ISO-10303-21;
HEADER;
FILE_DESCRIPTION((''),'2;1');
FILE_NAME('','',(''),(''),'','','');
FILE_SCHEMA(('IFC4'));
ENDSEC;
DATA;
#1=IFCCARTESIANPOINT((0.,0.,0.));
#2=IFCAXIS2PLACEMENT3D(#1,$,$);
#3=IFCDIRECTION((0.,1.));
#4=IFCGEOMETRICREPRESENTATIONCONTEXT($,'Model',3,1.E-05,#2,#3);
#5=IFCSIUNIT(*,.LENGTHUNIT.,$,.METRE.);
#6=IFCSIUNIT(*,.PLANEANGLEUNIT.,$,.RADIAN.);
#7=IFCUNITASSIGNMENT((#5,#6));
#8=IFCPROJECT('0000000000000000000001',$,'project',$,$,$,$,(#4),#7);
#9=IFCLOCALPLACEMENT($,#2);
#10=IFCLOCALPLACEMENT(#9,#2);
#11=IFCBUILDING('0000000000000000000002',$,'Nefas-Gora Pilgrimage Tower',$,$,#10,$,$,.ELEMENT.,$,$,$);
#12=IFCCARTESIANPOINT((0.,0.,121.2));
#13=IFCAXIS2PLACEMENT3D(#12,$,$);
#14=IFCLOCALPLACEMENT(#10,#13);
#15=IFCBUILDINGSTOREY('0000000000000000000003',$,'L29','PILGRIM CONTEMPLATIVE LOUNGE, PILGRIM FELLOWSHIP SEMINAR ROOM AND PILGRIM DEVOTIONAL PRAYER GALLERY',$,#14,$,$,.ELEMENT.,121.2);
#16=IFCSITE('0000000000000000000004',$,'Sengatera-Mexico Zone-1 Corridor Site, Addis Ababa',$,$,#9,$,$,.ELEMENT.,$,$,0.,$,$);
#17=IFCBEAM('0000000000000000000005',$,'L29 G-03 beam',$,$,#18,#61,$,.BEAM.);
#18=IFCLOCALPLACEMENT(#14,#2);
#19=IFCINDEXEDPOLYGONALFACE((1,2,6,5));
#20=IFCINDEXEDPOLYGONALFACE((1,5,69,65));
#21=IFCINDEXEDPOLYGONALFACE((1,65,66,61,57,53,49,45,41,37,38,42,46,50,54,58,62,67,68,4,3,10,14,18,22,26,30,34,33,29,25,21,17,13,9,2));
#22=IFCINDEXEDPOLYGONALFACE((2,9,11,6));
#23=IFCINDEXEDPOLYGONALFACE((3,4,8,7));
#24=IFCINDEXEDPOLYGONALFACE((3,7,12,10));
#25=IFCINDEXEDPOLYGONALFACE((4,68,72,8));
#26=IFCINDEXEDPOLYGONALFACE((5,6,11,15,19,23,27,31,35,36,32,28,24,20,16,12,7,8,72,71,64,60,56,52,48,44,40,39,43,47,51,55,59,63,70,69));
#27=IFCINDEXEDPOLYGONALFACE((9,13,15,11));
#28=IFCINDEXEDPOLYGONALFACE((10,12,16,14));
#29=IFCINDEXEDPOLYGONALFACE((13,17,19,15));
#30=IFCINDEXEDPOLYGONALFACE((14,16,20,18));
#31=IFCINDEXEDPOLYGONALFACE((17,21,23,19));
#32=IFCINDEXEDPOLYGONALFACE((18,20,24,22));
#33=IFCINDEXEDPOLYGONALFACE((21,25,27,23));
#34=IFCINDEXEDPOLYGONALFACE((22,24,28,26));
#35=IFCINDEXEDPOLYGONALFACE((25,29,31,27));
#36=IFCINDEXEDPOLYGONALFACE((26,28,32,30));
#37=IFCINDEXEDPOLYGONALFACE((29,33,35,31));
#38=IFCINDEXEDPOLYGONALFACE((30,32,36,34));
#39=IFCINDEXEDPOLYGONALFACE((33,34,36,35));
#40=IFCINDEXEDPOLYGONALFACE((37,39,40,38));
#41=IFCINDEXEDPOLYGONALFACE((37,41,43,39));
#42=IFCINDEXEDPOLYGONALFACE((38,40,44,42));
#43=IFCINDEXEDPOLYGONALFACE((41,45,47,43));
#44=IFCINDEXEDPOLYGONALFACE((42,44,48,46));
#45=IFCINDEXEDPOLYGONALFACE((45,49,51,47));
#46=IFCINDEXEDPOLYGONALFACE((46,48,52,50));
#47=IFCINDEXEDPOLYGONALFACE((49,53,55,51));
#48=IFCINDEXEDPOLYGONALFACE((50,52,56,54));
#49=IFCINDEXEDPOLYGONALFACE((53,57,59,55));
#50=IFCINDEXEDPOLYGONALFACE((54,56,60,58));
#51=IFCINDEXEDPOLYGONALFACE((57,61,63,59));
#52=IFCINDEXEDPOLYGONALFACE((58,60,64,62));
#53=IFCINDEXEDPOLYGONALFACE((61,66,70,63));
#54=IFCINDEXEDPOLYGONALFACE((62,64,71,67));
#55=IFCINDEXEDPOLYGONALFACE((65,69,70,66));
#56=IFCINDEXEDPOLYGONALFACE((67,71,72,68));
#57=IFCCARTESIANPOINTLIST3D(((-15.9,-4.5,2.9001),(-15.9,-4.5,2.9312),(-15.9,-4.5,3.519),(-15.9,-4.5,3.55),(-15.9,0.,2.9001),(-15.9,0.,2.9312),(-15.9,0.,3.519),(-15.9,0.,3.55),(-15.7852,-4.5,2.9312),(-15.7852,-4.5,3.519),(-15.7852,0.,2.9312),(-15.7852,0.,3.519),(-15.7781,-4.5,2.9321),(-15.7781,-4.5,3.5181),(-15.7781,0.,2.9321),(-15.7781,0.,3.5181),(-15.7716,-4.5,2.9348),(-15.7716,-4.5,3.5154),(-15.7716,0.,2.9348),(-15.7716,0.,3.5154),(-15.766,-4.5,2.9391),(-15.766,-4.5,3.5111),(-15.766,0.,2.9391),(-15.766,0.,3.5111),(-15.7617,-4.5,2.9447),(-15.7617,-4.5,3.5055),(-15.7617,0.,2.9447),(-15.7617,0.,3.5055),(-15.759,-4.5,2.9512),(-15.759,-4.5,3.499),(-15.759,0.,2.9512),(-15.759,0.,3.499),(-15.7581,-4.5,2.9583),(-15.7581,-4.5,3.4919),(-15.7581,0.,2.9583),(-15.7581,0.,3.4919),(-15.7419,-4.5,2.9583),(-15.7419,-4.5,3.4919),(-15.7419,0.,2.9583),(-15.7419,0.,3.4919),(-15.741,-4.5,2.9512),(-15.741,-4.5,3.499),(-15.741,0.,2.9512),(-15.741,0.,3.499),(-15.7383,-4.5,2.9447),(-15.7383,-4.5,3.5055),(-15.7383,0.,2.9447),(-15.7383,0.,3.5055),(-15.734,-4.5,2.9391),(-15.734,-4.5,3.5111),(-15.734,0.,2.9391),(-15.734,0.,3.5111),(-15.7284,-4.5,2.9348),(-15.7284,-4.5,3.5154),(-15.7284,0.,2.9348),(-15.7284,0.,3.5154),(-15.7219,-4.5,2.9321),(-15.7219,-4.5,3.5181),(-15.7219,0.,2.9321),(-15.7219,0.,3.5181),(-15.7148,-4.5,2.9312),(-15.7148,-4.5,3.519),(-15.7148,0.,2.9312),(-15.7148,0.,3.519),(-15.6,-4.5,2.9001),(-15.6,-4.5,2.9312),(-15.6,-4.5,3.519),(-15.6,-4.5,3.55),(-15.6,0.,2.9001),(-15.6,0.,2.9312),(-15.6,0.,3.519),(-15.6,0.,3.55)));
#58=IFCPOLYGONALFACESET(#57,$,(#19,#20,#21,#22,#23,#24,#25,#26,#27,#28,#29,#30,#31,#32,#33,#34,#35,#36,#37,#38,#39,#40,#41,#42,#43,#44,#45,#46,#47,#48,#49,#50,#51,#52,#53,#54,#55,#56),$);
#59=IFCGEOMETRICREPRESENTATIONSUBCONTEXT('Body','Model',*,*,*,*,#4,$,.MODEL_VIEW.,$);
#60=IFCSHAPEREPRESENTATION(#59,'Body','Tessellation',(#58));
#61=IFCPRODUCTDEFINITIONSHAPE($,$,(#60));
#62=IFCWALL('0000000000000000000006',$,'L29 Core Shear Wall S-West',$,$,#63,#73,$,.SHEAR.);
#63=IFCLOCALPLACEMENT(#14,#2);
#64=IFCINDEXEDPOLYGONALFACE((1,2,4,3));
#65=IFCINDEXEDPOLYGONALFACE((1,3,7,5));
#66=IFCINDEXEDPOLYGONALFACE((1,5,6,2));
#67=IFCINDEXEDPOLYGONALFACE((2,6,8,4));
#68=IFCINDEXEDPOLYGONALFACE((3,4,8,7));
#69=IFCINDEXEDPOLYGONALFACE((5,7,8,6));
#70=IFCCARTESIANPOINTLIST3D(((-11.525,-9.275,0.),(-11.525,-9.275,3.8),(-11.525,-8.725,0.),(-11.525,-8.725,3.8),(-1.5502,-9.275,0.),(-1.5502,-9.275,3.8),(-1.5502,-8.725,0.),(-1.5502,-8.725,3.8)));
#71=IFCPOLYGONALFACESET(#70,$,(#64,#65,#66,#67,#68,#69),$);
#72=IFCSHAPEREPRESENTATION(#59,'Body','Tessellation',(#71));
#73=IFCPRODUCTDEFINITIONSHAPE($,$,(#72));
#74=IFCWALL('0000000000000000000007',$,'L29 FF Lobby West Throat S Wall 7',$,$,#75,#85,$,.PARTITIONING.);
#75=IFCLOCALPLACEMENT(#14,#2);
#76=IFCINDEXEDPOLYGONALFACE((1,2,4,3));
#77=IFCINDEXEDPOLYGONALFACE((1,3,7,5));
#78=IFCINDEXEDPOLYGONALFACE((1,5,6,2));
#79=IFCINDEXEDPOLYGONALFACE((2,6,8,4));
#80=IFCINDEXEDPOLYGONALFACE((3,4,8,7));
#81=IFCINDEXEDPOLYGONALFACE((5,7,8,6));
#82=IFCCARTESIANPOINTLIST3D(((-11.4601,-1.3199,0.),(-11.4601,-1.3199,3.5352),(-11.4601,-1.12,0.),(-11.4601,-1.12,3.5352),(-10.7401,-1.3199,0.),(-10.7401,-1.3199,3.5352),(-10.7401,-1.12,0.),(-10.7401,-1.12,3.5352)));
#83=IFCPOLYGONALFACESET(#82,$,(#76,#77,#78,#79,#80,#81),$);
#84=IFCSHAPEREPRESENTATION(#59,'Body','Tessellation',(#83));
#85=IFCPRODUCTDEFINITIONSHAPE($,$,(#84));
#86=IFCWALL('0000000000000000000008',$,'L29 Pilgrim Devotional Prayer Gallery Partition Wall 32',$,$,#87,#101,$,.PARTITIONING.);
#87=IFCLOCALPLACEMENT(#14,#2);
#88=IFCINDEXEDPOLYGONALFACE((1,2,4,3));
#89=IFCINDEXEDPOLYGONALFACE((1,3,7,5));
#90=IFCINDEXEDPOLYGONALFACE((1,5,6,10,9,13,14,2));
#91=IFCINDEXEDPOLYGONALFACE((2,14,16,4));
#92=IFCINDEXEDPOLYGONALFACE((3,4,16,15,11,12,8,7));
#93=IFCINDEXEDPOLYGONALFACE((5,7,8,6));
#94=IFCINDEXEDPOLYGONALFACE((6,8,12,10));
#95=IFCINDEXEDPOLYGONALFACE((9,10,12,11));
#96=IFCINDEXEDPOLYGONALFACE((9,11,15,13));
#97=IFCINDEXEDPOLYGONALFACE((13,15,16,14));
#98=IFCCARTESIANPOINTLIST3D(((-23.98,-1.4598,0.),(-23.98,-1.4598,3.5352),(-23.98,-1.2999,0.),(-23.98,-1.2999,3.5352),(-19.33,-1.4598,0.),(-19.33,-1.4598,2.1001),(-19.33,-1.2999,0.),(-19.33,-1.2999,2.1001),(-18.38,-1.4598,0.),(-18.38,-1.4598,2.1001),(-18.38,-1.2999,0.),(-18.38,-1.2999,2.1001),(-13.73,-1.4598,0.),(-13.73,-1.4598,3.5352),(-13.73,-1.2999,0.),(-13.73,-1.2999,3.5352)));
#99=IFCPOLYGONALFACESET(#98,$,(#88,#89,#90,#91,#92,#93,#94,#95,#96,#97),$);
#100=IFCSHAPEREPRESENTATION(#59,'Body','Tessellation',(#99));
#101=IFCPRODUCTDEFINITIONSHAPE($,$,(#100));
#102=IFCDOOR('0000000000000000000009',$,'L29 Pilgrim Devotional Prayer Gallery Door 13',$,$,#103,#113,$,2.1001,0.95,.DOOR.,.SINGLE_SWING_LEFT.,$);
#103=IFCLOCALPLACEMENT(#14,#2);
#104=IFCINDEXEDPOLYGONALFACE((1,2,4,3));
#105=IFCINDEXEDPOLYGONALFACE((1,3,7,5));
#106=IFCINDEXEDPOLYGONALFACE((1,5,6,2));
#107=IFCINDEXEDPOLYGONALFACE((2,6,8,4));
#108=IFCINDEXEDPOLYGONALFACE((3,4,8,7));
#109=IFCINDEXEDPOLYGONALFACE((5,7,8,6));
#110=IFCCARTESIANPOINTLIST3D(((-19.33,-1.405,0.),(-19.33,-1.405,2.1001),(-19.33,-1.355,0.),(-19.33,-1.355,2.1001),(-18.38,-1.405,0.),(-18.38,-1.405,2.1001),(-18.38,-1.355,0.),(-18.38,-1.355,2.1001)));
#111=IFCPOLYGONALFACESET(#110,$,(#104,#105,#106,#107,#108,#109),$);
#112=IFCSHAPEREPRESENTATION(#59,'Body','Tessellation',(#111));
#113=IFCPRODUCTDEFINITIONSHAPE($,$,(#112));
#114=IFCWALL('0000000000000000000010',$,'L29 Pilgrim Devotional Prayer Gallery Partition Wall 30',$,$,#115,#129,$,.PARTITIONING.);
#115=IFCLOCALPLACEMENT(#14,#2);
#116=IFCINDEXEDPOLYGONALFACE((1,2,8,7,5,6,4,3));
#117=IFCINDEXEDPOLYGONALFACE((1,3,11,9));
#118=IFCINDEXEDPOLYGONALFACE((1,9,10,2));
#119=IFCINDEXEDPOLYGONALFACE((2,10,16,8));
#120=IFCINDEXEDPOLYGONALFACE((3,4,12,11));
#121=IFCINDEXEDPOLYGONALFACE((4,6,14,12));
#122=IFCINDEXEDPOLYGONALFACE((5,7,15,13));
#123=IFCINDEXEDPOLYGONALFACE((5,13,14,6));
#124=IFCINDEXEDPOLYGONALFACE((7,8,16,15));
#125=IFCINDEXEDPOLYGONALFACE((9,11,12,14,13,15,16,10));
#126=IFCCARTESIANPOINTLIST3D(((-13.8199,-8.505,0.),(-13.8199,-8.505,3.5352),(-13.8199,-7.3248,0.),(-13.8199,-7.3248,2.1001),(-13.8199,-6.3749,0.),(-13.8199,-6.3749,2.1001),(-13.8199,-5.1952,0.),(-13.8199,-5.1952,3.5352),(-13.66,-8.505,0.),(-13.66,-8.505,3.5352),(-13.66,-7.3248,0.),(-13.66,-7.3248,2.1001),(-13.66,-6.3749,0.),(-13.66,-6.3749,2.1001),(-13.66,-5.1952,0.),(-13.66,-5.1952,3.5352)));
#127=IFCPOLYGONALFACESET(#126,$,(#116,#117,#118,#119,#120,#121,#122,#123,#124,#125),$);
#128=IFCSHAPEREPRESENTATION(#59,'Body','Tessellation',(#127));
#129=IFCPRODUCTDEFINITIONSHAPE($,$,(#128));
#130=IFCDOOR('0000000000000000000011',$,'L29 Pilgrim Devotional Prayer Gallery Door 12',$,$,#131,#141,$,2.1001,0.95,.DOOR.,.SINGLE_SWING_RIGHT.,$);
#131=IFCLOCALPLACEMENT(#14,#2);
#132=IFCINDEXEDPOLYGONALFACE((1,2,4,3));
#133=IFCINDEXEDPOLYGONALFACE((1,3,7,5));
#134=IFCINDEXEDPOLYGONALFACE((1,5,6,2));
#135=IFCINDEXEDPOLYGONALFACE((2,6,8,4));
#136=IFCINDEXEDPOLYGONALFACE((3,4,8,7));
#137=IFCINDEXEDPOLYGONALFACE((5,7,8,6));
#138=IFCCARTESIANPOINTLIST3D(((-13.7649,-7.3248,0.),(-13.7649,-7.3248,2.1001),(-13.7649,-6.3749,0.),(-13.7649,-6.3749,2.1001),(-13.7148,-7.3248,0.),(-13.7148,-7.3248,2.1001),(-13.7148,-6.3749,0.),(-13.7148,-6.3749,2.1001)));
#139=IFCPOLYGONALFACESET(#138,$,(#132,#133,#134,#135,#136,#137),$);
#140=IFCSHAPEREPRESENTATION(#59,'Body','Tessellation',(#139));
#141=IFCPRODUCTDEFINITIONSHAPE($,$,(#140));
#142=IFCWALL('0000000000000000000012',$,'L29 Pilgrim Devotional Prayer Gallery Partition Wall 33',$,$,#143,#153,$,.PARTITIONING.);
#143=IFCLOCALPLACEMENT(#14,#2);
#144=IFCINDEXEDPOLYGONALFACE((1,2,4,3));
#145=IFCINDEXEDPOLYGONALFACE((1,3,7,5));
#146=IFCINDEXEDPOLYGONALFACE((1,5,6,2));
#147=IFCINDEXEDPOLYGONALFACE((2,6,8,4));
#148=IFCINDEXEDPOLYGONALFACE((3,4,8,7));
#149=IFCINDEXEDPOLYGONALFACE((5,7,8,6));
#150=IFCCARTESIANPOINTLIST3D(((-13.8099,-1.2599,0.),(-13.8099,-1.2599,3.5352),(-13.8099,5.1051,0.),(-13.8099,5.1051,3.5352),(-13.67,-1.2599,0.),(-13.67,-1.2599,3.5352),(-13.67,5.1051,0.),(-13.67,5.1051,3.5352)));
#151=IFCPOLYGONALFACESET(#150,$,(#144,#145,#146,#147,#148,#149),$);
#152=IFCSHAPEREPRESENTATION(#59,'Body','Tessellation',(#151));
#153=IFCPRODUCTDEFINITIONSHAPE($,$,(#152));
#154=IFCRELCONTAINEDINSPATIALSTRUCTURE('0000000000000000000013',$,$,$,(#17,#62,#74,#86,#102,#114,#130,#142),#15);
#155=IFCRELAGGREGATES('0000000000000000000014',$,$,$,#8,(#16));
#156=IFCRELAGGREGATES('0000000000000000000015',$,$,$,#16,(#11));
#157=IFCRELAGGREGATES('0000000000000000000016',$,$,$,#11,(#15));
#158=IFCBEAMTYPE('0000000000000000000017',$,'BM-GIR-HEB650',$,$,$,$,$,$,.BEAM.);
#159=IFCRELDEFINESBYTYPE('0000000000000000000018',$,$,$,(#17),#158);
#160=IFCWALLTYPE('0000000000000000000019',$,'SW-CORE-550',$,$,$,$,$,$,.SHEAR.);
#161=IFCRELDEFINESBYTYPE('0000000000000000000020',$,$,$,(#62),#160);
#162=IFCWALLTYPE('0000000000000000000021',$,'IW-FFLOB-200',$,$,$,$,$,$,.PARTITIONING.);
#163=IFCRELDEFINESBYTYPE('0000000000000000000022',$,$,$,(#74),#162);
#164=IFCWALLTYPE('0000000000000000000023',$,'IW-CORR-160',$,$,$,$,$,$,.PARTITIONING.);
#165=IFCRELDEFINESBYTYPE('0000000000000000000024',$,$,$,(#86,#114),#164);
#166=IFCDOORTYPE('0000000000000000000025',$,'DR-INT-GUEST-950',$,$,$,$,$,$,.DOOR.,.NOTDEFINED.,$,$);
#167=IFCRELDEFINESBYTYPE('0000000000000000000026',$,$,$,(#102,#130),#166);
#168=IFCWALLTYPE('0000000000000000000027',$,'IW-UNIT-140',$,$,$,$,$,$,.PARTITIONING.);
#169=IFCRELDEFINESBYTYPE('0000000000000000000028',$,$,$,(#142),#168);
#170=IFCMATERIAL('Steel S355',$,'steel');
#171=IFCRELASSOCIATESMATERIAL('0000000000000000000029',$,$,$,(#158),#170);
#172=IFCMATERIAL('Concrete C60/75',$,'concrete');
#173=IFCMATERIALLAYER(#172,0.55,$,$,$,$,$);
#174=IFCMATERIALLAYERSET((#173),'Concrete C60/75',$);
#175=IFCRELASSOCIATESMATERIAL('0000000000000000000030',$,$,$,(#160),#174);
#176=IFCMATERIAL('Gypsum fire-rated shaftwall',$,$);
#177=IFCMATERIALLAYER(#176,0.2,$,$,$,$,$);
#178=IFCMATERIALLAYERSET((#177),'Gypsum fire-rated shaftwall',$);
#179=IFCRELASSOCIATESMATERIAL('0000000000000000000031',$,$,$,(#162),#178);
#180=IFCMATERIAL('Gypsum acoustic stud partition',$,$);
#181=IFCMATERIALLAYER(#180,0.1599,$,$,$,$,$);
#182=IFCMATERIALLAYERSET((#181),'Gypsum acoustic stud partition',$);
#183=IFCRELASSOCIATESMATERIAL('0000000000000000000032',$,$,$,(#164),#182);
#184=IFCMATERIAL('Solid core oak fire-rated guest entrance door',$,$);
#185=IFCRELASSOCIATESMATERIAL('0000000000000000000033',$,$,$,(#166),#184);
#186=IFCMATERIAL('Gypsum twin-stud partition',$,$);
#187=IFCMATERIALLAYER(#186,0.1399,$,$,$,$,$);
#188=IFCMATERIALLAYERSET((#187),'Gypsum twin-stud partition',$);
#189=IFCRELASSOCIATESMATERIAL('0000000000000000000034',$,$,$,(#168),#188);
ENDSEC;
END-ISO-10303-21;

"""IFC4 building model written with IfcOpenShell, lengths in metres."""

from ifc_helpers import new_model, si_unit, direction, frame, frame_2d, origin, origin_2d, place, context, subcontext, project, spatial, rectangle, i_section, extrude, source, transform, mapped, material, layer, layer_set, material_profile, profile_set, type_object, element, fill, save


model = new_model("IFC4")

# Units and contexts
model_context = context("Model", 3, precision=1e-05, world=origin(), true_north=direction((0.0, 1.0)))
body_context = subcontext(model_context, "Body", "Model", "MODEL_VIEW")
ifc_project = project(units=[si_unit("LENGTHUNIT", "METRE"), si_unit("PLANEANGLEUNIT", "RADIAN")], contexts=[model_context])

# Site, building, storey
site_placement = place(None, origin())
site = spatial("IfcSite", under=ifc_project, at=site_placement, Name="Sengatera-Mexico Zone-1 Corridor Site, Addis Ababa", CompositionType="ELEMENT", RefElevation=0.0)
building_placement = place(site_placement, origin())
building = spatial("IfcBuilding", under=site, at=building_placement, Name="Nefas-Gora Pilgrimage Tower", CompositionType="ELEMENT")
storey_placement = place(building_placement, frame((0.0, 0.0, 121.2)))
storey = spatial("IfcBuildingStorey", under=building, at=storey_placement, Name="L29", Description="PILGRIM CONTEMPLATIVE LOUNGE, PILGRIM FELLOWSHIP SEMINAR ROOM AND PILGRIM DEVOTIONAL PRAYER GALLERY", CompositionType="ELEMENT", Elevation=121.2)

# Beam
ifc_material_1 = material(Name="Steel S355", Category="steel")
ifc_material_profile_1 = material_profile(ifc_material_1, i_section(OverallWidth=0.3, OverallDepth=0.6499, WebThickness=0.0161, FlangeThickness=0.031, FilletRadius=0.0271, at=origin_2d()), Name="HEB 650")
ifc_profile_set_1 = profile_set([ifc_material_profile_1], Name="Steel S355")
beam_type = type_object("IfcBeamType", Name="BM-GIR-HEB650", PredefinedType="BEAM", material=ifc_profile_set_1)
shared_shape_1 = source(origin(), body_context, "Body", "SweptSolid", [
    extrude(i_section(OverallWidth=0.3, OverallDepth=0.6499, WebThickness=0.0161, FlangeThickness=0.031, FilletRadius=0.0271, at=origin_2d()), origin(), (0.0, 0.0, 1.0), 4.5),
])
for number, where, z_axis, x_axis, name in (
    (1, (-15.75, -4.5, 3.2251), (0.0, 1.0, 0.0), (-1.0, 0.0, 0.0), "L29 G-03 beam"),
):
    element("IfcBeam", number, at=place(storey_placement, frame(where, z_axis=z_axis, x_axis=x_axis)), inside=storey, type_object=beam_type, Name=name, PredefinedType="BEAM", context=body_context, shape_type="MappedRepresentation", body=[
        mapped(shared_shape_1, transform((0.0, 0.0, 0.0), x_axis=(1.0, 0.0, 0.0), y_axis=(0.0, 1.0, 0.0), z_axis=(0.0, 0.0, 1.0), scale=1.0)),
    ])

# Wall
ifc_material_2 = material(Name="Concrete C60/75", Category="concrete")
ifc_layer_1 = layer(ifc_material_2, 0.55)
ifc_layer_set_1 = layer_set([ifc_layer_1], Name="Concrete C60/75")
wall_type_1 = type_object("IfcWallType", Name="SW-CORE-550", PredefinedType="SHEAR", material=ifc_layer_set_1)
shared_shape_2 = source(origin(), body_context, "Body", "SweptSolid", [
    extrude(rectangle(XDim=9.9749, YDim=0.55, at=frame_2d((4.9873, 0.0))), origin(), (0.0, 0.0, 1.0), 3.8),
])
wall_1_placement = place(storey_placement, frame((-11.5249, -9.0, 0.0), z_axis=(0.0, 0.0, 1.0), x_axis=(1.0, 0.0, 0.0)))
element("IfcWall", 2, at=wall_1_placement, inside=storey, type_object=wall_type_1, Name="L29 Core Shear Wall S-West", PredefinedType="SHEAR", context=body_context, shape_type="MappedRepresentation", body=[
    mapped(shared_shape_2, transform((0.0, 0.0, 0.0), x_axis=(1.0, 0.0, 0.0), y_axis=(0.0, 1.0, 0.0), z_axis=(0.0, 0.0, 1.0), scale=1.0)),
])

# Shared definitions
ifc_material_3 = material(Name="Gypsum fire-rated shaftwall")
ifc_layer_2 = layer(ifc_material_3, 0.2)
ifc_layer_set_2 = layer_set([ifc_layer_2], Name="Gypsum fire-rated shaftwall")
wall_type_2 = type_object("IfcWallType", Name="IW-FFLOB-200", PredefinedType="PARTITIONING", material=ifc_layer_set_2)

# Wall
shared_shape_3 = source(origin(), body_context, "Body", "SweptSolid", [
    extrude(rectangle(XDim=0.72, YDim=0.2, at=frame_2d((0.3599, 0.0))), origin(), (0.0, 0.0, 1.0), 3.5352),
])
wall_2_placement = place(storey_placement, frame((-11.46, -1.22, 0.0), z_axis=(0.0, 0.0, 1.0), x_axis=(1.0, 0.0, 0.0)))
element("IfcWall", 3, at=wall_2_placement, inside=storey, type_object=wall_type_2, Name="L29 FF Lobby West Throat S Wall 7", PredefinedType="PARTITIONING", context=body_context, shape_type="MappedRepresentation", body=[
    mapped(shared_shape_3, transform((0.0, 0.0, 0.0), x_axis=(1.0, 0.0, 0.0), y_axis=(0.0, 1.0, 0.0), z_axis=(0.0, 0.0, 1.0), scale=1.0)),
])

# Walls, openings, doors
ifc_material_4 = material(Name="Gypsum acoustic stud partition")
ifc_layer_3 = layer(ifc_material_4, 0.1599)
ifc_layer_set_3 = layer_set([ifc_layer_3], Name="Gypsum acoustic stud partition")
wall_type_3 = type_object("IfcWallType", Name="IW-CORR-160", PredefinedType="PARTITIONING", material=ifc_layer_set_3)
shared_shape_4 = source(origin(), body_context, "Body", "SweptSolid", [
    extrude(rectangle(XDim=10.25, YDim=0.1599, at=frame_2d((5.125, 0.0))), origin(), (0.0, 0.0, 1.0), 3.5352),
])
wall_3_placement = place(storey_placement, frame((-23.98, -1.3799, 0.0), z_axis=(0.0, 0.0, 1.0), x_axis=(1.0, 0.0, 0.0)))
wall_3 = element("IfcWall", 4, at=wall_3_placement, inside=storey, type_object=wall_type_3, Name="L29 Pilgrim Devotional Prayer Gallery Partition Wall 32", PredefinedType="PARTITIONING", context=body_context, shape_type="MappedRepresentation", body=[
    mapped(shared_shape_4, transform((0.0, 0.0, 0.0), x_axis=(1.0, 0.0, 0.0), y_axis=(0.0, 1.0, 0.0), z_axis=(0.0, 0.0, 1.0), scale=1.0)),
])
opening_1_placement = place(wall_3_placement, frame((4.6499, 0.0, 0.0)))
opening_1 = element("IfcOpeningElement", 5, at=opening_1_placement, cuts=wall_3, PredefinedType="OPENING", context=body_context, shape_type="SweptSolid", body=[
    extrude(rectangle(XDim=0.95, YDim=2.1001, at=frame_2d((0.4751, 1.05))), frame((0.0, 0.0898, 0.0), z_axis=(0.0, -1.0, 0.0), x_axis=(1.0, 0.0, 0.0)), (0.0, 0.0, 1.0), 0.1799),
])
ifc_material_5 = material(Name="Solid core oak fire-rated guest entrance door")
door_type_1 = type_object("IfcDoorType", Name="DR-INT-GUEST-950", OperationType="NOTDEFINED", PredefinedType="DOOR", material=ifc_material_5)
shared_shape_5 = source(origin(), body_context, "Body", "SweptSolid", [
    extrude(rectangle(XDim=0.95, YDim=2.1001, at=frame_2d((0.4751, 1.05))), frame((0.0, 0.0249, 0.0), z_axis=(0.0, -1.0, 0.0), x_axis=(1.0, 0.0, 0.0)), (0.0, 0.0, 1.0), 0.05),
])
door_1_placement = place(opening_1_placement, origin())
door_1 = element("IfcDoor", 6, at=door_1_placement, inside=storey, type_object=door_type_1, Name="L29 Pilgrim Devotional Prayer Gallery Door 13", OperationType="SINGLE_SWING_LEFT", OverallHeight=2.1001, OverallWidth=0.95, PredefinedType="DOOR", context=body_context, shape_type="MappedRepresentation", body=[
    mapped(shared_shape_5, transform((0.0, 0.0, 0.0), x_axis=(1.0, 0.0, 0.0), y_axis=(0.0, 1.0, 0.0), z_axis=(0.0, 0.0, 1.0), scale=1.0)),
])
fill(opening_1, door_1)
shared_shape_6 = source(origin(), body_context, "Body", "SweptSolid", [
    extrude(rectangle(XDim=3.3098, YDim=0.1599, at=frame_2d((1.6548, 0.0))), origin(), (0.0, 0.0, 1.0), 3.5352),
])
wall_4_placement = place(storey_placement, frame((-13.74, -8.5049, 0.0), z_axis=(0.0, 0.0, 1.0), x_axis=(0.0, 1.0, 0.0)))
wall_4 = element("IfcWall", 7, at=wall_4_placement, inside=storey, type_object=wall_type_3, Name="L29 Pilgrim Devotional Prayer Gallery Partition Wall 30", PredefinedType="PARTITIONING", context=body_context, shape_type="MappedRepresentation", body=[
    mapped(shared_shape_6, transform((0.0, 0.0, 0.0), x_axis=(1.0, 0.0, 0.0), y_axis=(0.0, 1.0, 0.0), z_axis=(0.0, 0.0, 1.0), scale=1.0)),
])
opening_2_placement = place(wall_4_placement, frame((1.1799, 0.0, 0.0)))
opening_2 = element("IfcOpeningElement", 8, at=opening_2_placement, cuts=wall_4, PredefinedType="OPENING", context=body_context, shape_type="SweptSolid", body=[
    extrude(rectangle(XDim=0.95, YDim=2.1001, at=frame_2d((0.4751, 1.05))), frame((0.0, 0.0898, 0.0), z_axis=(0.0, -1.0, 0.0), x_axis=(1.0, 0.0, 0.0)), (0.0, 0.0, 1.0), 0.1799),
])
door_2_placement = place(opening_2_placement, origin())
door_2 = element("IfcDoor", 9, at=door_2_placement, inside=storey, type_object=door_type_1, Name="L29 Pilgrim Devotional Prayer Gallery Door 12", OperationType="SINGLE_SWING_RIGHT", OverallHeight=2.1001, OverallWidth=0.95, PredefinedType="DOOR", context=body_context, shape_type="MappedRepresentation", body=[
    mapped(shared_shape_5, transform((0.0, 0.0, 0.0), x_axis=(1.0, 0.0, 0.0), y_axis=(0.0, 1.0, 0.0), z_axis=(0.0, 0.0, 1.0), scale=1.0)),
])
fill(opening_2, door_2)

# Wall
ifc_material_6 = material(Name="Gypsum twin-stud partition")
ifc_layer_4 = layer(ifc_material_6, 0.1399)
ifc_layer_set_4 = layer_set([ifc_layer_4], Name="Gypsum twin-stud partition")
wall_type_4 = type_object("IfcWallType", Name="IW-UNIT-140", PredefinedType="PARTITIONING", material=ifc_layer_set_4)
shared_shape_7 = source(origin(), body_context, "Body", "SweptSolid", [
    extrude(rectangle(XDim=6.365, YDim=0.1399, at=frame_2d((3.1826, 0.0))), origin(), (0.0, 0.0, 1.0), 3.5352),
])
wall_5_placement = place(storey_placement, frame((-13.74, -1.26, 0.0), z_axis=(0.0, 0.0, 1.0), x_axis=(0.0, 1.0, 0.0)))
element("IfcWall", 10, at=wall_5_placement, inside=storey, type_object=wall_type_4, Name="L29 Pilgrim Devotional Prayer Gallery Partition Wall 33", PredefinedType="PARTITIONING", context=body_context, shape_type="MappedRepresentation", body=[
    mapped(shared_shape_7, transform((0.0, 0.0, 0.0), x_axis=(1.0, 0.0, 0.0), y_axis=(0.0, 1.0, 0.0), z_axis=(0.0, 0.0, 1.0), scale=1.0)),
])

save(model, "model.ifc")
